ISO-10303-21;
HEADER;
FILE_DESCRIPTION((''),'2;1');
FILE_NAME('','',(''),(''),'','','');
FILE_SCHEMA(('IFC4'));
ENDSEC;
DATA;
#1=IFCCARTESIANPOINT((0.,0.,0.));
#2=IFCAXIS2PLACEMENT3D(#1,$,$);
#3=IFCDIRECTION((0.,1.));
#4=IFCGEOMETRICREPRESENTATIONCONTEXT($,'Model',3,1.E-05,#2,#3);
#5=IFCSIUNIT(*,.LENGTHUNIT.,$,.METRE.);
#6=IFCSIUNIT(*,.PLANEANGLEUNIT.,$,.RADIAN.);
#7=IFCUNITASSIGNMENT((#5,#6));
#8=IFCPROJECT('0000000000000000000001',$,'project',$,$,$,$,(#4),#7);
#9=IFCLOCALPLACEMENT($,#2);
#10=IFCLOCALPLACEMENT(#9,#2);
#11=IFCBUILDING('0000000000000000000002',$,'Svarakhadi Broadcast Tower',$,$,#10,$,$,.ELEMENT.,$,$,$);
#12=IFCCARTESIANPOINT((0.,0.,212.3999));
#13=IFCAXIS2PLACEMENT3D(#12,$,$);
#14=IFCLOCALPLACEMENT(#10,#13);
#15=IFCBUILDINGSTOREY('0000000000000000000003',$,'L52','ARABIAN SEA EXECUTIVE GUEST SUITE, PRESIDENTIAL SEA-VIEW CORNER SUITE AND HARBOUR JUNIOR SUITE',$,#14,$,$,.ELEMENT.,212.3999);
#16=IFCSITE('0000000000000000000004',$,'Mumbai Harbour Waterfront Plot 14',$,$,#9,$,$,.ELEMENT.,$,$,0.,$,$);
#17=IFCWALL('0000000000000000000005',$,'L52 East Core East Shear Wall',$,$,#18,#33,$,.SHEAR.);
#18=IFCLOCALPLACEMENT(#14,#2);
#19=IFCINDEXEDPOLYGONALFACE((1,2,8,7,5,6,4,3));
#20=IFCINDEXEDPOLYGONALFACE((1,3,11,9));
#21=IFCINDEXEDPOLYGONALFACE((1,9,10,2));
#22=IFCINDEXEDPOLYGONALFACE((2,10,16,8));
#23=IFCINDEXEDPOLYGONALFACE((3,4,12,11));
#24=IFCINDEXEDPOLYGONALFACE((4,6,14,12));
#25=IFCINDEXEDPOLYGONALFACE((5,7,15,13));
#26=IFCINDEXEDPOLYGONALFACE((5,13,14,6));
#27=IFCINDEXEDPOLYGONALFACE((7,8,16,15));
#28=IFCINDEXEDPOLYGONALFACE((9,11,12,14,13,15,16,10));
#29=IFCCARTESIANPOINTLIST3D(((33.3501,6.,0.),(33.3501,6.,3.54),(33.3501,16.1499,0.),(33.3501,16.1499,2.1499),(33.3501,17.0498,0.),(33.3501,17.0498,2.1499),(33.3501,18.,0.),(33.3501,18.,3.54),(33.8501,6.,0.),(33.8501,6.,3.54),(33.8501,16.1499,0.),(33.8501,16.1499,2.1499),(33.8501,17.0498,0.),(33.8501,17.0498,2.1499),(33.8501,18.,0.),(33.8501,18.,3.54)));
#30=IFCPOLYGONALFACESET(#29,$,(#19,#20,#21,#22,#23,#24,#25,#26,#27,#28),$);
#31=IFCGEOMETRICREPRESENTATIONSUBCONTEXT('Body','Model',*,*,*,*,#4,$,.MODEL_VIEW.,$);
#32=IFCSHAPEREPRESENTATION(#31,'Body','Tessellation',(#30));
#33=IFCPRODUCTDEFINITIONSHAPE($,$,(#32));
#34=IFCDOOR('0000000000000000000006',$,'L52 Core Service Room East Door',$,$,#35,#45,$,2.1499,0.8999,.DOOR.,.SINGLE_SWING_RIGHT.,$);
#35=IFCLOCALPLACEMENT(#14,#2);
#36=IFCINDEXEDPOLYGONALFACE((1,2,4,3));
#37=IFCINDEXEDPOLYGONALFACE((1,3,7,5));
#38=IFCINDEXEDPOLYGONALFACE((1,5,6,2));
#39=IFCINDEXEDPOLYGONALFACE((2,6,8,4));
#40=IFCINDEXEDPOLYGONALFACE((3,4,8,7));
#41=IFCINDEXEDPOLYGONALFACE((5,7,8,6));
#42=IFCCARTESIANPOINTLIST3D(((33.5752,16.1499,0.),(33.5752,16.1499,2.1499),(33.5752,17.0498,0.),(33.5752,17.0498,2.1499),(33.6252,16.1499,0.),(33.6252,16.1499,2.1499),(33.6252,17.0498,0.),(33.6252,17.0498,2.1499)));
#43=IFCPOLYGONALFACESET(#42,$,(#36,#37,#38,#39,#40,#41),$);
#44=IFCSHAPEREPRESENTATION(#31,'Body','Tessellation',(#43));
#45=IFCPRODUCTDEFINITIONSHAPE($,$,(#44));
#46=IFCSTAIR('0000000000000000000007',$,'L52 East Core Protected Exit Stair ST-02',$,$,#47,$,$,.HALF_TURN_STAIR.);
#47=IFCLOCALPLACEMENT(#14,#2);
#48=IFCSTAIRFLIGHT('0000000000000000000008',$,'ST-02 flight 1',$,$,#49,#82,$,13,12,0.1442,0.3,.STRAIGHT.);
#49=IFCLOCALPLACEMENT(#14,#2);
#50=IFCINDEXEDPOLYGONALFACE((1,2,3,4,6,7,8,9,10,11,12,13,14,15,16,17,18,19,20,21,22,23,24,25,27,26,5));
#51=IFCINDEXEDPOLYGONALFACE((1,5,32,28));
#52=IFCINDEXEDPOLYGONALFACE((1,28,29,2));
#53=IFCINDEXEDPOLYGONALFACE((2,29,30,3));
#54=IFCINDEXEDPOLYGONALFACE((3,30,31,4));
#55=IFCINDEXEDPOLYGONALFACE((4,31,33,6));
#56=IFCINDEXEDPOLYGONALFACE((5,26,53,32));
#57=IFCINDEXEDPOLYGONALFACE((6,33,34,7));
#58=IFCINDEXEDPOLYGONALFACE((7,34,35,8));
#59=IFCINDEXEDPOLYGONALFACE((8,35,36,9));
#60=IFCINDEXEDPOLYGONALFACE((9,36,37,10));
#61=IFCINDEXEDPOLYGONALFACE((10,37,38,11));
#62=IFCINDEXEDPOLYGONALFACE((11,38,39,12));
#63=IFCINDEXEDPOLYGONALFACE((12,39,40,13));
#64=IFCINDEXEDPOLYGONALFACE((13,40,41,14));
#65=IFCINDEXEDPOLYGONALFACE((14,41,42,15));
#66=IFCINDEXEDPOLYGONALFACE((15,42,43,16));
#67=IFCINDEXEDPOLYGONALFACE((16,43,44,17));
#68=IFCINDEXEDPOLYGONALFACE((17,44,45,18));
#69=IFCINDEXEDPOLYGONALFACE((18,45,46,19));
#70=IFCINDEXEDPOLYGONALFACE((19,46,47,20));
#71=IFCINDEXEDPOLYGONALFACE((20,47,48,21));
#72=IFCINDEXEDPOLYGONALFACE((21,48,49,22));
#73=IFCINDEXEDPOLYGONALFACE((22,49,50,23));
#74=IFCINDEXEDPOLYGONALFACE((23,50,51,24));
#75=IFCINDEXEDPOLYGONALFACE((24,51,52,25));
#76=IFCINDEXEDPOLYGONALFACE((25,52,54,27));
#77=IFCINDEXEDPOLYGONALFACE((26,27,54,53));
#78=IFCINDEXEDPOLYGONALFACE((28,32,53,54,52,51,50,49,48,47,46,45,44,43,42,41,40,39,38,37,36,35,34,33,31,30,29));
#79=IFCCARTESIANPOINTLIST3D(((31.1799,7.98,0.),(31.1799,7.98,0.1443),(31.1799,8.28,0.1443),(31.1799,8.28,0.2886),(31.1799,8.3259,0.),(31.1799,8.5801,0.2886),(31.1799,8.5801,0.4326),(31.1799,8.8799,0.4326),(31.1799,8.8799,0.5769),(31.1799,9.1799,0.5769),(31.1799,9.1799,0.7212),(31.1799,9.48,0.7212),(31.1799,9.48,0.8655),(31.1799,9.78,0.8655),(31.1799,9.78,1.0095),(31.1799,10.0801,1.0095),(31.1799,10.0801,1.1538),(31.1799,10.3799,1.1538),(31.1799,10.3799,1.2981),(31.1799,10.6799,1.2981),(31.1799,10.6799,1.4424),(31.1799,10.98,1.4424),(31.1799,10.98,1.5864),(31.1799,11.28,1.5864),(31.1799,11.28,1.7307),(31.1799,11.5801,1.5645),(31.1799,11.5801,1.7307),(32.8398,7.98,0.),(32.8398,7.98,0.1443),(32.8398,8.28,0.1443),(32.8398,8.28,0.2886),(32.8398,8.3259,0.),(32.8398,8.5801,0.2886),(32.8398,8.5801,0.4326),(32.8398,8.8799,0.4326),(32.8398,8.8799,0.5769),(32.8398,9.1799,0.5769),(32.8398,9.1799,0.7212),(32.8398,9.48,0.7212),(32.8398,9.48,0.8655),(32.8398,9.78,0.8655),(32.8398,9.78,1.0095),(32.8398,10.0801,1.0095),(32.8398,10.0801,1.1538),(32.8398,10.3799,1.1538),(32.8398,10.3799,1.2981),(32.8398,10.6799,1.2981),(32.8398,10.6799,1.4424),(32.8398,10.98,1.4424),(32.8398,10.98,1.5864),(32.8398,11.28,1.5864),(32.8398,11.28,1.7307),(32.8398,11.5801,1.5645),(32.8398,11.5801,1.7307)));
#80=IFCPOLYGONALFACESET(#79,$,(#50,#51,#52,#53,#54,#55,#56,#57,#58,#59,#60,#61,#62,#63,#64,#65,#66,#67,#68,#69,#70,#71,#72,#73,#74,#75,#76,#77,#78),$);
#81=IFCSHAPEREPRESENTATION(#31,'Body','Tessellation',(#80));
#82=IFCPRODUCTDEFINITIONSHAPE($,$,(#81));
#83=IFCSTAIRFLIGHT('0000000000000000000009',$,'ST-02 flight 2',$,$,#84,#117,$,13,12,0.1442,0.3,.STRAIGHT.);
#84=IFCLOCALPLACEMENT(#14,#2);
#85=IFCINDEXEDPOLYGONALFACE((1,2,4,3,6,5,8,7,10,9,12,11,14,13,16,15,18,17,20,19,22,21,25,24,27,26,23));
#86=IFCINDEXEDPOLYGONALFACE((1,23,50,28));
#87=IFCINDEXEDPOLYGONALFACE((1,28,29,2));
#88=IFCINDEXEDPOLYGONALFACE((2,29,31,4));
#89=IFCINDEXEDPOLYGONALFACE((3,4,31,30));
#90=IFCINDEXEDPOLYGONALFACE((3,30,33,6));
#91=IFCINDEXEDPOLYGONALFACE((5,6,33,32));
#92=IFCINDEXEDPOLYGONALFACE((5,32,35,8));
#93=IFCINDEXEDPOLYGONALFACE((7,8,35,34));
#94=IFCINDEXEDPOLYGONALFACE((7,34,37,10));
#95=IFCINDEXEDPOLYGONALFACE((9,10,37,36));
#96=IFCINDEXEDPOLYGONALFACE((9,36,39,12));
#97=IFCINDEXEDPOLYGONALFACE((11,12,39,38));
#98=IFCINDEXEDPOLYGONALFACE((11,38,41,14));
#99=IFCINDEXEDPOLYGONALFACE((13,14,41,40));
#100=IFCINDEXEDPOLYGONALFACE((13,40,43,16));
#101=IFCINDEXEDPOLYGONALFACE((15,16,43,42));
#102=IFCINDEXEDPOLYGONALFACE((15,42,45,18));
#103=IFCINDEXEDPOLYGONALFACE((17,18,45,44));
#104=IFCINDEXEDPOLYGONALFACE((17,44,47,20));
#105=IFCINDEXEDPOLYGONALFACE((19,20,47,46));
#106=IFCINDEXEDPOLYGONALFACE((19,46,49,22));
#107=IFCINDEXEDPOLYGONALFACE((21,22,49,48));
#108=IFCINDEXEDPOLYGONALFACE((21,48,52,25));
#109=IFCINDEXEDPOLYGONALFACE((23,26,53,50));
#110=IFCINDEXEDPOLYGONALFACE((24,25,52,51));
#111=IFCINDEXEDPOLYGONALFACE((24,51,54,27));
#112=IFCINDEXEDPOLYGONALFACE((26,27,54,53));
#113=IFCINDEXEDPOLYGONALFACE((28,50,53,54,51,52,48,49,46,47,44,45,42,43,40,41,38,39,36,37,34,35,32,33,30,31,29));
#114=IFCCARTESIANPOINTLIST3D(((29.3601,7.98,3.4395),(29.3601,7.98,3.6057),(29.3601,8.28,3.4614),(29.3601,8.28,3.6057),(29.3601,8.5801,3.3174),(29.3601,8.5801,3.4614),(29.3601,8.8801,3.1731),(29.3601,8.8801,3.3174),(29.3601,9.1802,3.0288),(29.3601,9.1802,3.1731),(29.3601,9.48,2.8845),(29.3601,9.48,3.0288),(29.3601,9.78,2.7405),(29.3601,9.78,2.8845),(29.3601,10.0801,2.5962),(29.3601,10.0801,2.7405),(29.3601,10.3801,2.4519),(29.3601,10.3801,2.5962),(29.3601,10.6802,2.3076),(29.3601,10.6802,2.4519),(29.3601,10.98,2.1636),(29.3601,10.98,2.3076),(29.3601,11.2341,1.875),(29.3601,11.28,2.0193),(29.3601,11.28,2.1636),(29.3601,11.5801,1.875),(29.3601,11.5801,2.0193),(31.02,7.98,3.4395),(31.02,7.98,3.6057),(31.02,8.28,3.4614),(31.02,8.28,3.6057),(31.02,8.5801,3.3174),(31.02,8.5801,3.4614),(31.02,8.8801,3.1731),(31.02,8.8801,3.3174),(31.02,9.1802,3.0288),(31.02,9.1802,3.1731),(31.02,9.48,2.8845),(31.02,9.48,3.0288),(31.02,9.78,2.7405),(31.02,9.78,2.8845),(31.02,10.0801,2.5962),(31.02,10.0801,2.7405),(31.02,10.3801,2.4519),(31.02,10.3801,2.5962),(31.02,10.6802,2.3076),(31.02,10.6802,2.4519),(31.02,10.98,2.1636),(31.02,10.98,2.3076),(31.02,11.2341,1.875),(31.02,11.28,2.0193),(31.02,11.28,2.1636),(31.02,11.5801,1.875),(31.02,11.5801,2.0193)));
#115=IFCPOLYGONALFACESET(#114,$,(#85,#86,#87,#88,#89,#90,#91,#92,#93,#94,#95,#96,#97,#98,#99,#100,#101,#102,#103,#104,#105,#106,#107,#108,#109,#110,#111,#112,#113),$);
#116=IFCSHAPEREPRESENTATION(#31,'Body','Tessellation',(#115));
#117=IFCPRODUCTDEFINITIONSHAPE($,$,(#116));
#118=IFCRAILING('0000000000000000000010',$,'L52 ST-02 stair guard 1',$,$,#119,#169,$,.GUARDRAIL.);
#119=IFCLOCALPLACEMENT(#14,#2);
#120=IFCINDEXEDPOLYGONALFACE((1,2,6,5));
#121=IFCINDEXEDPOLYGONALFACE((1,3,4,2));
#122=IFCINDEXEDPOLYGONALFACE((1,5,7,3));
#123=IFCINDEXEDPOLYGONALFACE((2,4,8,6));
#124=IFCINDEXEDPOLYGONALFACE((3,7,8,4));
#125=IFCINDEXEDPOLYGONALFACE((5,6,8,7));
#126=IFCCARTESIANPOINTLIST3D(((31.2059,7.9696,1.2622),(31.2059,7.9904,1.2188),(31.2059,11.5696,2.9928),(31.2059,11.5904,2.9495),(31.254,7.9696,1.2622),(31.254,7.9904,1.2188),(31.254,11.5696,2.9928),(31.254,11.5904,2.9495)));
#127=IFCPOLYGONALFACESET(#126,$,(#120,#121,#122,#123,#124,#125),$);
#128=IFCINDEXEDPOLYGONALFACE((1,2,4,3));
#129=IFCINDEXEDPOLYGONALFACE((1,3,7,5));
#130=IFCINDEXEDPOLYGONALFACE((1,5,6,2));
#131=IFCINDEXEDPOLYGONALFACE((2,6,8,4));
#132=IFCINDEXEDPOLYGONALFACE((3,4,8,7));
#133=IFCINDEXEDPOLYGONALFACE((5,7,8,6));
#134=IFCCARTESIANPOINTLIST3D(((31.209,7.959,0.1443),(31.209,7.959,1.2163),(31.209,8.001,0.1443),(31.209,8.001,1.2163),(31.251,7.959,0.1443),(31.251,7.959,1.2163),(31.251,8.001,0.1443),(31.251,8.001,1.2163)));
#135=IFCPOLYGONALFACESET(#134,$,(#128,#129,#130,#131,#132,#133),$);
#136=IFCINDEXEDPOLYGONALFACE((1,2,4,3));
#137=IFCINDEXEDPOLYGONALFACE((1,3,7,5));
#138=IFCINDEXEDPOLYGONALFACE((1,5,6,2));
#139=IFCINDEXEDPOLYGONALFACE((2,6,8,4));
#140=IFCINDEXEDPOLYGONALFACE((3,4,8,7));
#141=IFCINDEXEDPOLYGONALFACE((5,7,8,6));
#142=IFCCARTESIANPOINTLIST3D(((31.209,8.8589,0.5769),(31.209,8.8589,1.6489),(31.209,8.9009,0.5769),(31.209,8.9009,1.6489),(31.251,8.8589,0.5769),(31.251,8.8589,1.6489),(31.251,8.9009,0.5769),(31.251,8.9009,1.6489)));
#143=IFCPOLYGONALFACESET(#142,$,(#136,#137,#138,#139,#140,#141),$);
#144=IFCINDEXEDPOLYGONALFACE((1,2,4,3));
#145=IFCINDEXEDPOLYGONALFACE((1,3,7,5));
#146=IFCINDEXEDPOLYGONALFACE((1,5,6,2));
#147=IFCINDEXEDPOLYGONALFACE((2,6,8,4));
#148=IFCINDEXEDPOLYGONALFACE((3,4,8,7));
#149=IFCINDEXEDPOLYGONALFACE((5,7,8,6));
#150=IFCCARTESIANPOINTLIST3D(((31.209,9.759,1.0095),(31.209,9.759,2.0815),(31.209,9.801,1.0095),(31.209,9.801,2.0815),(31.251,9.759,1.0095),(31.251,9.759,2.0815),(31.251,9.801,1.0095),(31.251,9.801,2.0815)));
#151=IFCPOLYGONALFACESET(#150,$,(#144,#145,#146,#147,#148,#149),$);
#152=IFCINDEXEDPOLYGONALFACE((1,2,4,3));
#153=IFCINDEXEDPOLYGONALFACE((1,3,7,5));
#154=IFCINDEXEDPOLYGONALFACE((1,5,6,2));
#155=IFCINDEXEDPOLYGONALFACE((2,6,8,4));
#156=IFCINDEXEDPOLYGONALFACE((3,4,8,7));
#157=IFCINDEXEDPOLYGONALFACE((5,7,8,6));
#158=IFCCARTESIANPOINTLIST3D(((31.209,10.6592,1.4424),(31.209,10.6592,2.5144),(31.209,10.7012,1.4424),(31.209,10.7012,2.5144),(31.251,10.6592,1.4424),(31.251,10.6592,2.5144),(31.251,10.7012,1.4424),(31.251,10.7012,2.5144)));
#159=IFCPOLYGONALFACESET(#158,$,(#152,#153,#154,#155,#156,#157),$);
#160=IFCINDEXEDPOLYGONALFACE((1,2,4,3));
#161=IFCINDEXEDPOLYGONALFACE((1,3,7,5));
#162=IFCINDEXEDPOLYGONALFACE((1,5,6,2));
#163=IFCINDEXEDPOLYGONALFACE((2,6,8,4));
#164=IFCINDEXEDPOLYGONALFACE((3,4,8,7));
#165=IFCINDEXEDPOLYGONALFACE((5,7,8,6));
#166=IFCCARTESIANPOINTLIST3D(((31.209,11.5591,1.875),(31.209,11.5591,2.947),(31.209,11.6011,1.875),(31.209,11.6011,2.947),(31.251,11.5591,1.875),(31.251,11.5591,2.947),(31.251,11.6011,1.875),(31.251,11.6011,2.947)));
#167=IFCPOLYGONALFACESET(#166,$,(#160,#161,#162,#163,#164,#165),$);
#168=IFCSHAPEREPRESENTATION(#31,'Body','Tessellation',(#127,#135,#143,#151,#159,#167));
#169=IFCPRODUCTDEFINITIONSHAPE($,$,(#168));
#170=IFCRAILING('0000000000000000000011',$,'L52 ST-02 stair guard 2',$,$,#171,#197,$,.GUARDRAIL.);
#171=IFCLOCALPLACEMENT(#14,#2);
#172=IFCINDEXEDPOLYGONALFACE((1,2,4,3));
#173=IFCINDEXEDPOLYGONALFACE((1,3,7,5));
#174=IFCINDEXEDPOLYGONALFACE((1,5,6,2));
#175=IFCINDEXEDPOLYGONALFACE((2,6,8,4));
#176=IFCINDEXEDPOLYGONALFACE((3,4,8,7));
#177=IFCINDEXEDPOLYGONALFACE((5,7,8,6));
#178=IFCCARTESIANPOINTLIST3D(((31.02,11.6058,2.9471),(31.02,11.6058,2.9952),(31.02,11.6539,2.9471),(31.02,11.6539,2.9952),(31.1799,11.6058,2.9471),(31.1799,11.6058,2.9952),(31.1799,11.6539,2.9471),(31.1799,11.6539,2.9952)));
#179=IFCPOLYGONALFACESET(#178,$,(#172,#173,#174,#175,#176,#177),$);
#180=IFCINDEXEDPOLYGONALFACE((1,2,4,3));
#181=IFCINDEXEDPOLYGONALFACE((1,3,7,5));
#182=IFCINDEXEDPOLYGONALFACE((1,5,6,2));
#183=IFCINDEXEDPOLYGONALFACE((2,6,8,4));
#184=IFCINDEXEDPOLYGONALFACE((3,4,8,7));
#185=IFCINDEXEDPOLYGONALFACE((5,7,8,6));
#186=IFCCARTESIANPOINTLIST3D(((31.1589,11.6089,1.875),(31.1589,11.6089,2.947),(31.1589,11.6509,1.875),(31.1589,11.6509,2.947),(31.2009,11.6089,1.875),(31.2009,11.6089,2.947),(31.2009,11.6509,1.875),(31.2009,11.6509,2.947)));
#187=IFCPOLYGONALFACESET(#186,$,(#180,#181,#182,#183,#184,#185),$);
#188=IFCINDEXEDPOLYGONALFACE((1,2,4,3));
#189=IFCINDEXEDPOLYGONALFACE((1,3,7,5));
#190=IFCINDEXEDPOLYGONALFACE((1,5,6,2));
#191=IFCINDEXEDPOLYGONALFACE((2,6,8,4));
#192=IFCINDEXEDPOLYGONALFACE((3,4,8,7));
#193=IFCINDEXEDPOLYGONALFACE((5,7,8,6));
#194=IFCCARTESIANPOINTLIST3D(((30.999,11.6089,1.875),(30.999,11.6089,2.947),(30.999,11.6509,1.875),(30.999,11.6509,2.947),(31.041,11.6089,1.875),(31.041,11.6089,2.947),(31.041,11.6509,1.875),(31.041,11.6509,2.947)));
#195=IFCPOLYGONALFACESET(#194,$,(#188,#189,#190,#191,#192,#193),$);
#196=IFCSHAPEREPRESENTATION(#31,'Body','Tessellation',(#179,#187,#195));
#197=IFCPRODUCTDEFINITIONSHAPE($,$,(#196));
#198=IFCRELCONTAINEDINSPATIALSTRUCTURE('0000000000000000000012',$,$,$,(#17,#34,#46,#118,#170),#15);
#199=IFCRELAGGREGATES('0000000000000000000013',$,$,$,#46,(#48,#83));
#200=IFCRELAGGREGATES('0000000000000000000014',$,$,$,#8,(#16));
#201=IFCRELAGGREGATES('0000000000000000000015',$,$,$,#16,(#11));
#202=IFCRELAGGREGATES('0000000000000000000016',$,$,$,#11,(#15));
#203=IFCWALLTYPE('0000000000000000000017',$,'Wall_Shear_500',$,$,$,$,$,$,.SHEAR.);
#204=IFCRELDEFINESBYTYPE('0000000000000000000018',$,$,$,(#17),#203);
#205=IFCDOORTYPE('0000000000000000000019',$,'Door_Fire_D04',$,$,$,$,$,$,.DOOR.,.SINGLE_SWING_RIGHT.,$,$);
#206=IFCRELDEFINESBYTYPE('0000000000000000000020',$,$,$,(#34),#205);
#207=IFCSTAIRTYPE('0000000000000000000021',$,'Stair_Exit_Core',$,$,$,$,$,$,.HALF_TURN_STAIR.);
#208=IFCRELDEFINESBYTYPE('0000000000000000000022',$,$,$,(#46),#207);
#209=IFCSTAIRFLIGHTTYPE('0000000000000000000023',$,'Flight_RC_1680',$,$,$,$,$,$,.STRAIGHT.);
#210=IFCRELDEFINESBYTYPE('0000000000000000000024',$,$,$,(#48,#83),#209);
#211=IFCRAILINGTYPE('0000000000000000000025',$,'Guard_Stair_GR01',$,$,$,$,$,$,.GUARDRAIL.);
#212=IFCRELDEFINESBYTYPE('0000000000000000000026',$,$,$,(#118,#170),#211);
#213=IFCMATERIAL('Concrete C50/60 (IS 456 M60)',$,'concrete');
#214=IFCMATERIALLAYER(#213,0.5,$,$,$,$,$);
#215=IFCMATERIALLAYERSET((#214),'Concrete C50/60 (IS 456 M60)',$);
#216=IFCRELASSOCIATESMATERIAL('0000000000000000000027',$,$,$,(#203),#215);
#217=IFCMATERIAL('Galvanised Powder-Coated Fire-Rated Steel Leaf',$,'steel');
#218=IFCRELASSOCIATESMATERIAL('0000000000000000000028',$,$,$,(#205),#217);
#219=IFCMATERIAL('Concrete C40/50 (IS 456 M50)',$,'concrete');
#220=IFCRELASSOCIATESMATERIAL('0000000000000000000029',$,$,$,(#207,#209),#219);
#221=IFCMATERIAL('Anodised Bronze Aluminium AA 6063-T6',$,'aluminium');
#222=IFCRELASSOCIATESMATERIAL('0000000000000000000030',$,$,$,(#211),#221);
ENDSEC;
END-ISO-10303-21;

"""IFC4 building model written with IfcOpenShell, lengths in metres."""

from ifc_helpers import new_model, si_unit, direction, frame, frame_2d, origin, origin_2d, place, context, subcontext, project, spatial, polyline, rectangle, outline, extrude, material, layer, layer_set, type_object, element, fill, aggregate, save


model = new_model("IFC4")

# Units and contexts
model_context = context("Model", 3, precision=1e-05, world=origin(), true_north=direction((0.0, 1.0)))
body_context = subcontext(model_context, "Body", "Model", "MODEL_VIEW")
ifc_project = project(units=[si_unit("LENGTHUNIT", "METRE"), si_unit("PLANEANGLEUNIT", "RADIAN")], contexts=[model_context])

# Site, building, storey
site_placement = place(None, origin())
site = spatial("IfcSite", under=ifc_project, at=site_placement, Name="Mumbai Harbour Waterfront Plot 14", CompositionType="ELEMENT", RefElevation=0.0)
building_placement = place(site_placement, origin())
building = spatial("IfcBuilding", under=site, at=building_placement, Name="Svarakhadi Broadcast Tower", CompositionType="ELEMENT")
storey_placement = place(building_placement, frame((0.0, 0.0, 212.3999)))
storey = spatial("IfcBuildingStorey", under=building, at=storey_placement, Name="L52", Description="ARABIAN SEA EXECUTIVE GUEST SUITE, PRESIDENTIAL SEA-VIEW CORNER SUITE AND HARBOUR JUNIOR SUITE", CompositionType="ELEMENT", Elevation=212.3999)

# Shared definitions
ifc_material_1 = material(Name="Concrete C50/60 (IS 456 M60)", Category="concrete")

# Shared definitions
ifc_material_2 = material(Name="Anodised Bronze Aluminium AA 6063-T6", Category="aluminium")

# Shared definitions
ifc_material_3 = material(Name="Concrete C40/50 (IS 456 M50)", Category="concrete")

# Wall, opening, door
ifc_layer_1 = layer(ifc_material_1, 0.5)
ifc_layer_set_1 = layer_set([ifc_layer_1], Name="Concrete C50/60 (IS 456 M60)")
wall_type_1 = type_object("IfcWallType", Name="Wall_Shear_500", PredefinedType="SHEAR", material=ifc_layer_set_1)
wall_1_placement = place(storey_placement, frame((33.6001, 6.0, 0.0), z_axis=(0.0, 0.0, 1.0), x_axis=(0.0, 1.0, 0.0)))
wall_1 = element("IfcWall", 1, at=wall_1_placement, inside=storey, type_object=wall_type_1, Name="L52 East Core East Shear Wall", PredefinedType="SHEAR", context=body_context, shape_type="SweptSolid", body=[
    extrude(rectangle(XDim=12.0, YDim=0.5, at=frame_2d((6.0, 0.0))), origin(), (0.0, 0.0, 1.0), 3.54),
])
opening_placement = place(wall_1_placement, frame((10.1499, 0.0, 0.0)))
opening = element("IfcOpeningElement", 2, at=opening_placement, cuts=wall_1, PredefinedType="OPENING", context=body_context, shape_type="SweptSolid", body=[
    extrude(rectangle(XDim=0.8999, YDim=2.1499, at=frame_2d((0.45, 1.075))), frame((0.0, 0.26, 0.0), z_axis=(0.0, -1.0, 0.0), x_axis=(1.0, 0.0, 0.0)), (0.0, 0.0, 1.0), 0.52),
])
ifc_material_4 = material(Name="Galvanised Powder-Coated Fire-Rated Steel Leaf", Category="steel")
door_type = type_object("IfcDoorType", Name="Door_Fire_D04", OperationType="SINGLE_SWING_RIGHT", PredefinedType="DOOR", material=ifc_material_4)
door_placement = place(opening_placement, origin())
door = element("IfcDoor", 3, at=door_placement, inside=storey, type_object=door_type, Name="L52 Core Service Room East Door", OperationType="SINGLE_SWING_RIGHT", OverallHeight=2.1499, OverallWidth=0.8999, PredefinedType="DOOR", context=body_context, shape_type="SweptSolid", body=[
    extrude(rectangle(XDim=0.8999, YDim=2.1499, at=frame_2d((0.45, 1.075))), frame((0.0, 0.0249, 0.0), z_axis=(0.0, -1.0, 0.0), x_axis=(1.0, 0.0, 0.0)), (0.0, 0.0, 1.0), 0.05),
])
fill(opening, door)

# Stair, stair flights
stair_type = type_object("IfcStairType", Name="Stair_Exit_Core", PredefinedType="HALF_TURN_STAIR", material=ifc_material_3)
stair_placement = place(storey_placement, origin())
stair = element("IfcStair", 4, at=stair_placement, inside=storey, type_object=stair_type, Name="L52 East Core Protected Exit Stair ST-02", PredefinedType="HALF_TURN_STAIR")
stair_flight_type = type_object("IfcStairFlightType", Name="Flight_RC_1680", PredefinedType="STRAIGHT", material=ifc_material_3)
stair_flight_1_placement = place(storey_placement, frame((32.01, 7.98, 0.0), z_axis=(0.0, 0.0, 1.0), x_axis=(0.0, 1.0, 0.0)))
stair_flight_1 = element("IfcStairFlight", 5, at=stair_flight_1_placement, type_object=stair_flight_type, Name="ST-02 flight 1", NumberOfRisers=13, NumberOfTreads=12, PredefinedType="STRAIGHT", RiserHeight=0.1442, TreadLength=0.3, context=body_context, shape_type="SweptSolid", body=[
    extrude(outline(polyline([(0.0, 0.0), (0.0, 0.1443), (0.3, 0.1443), (0.3, 0.2886), (0.6001, 0.2886), (0.6001, 0.4326), (0.8999, 0.4326), (0.8999, 0.5769), (1.2, 0.5769), (1.2, 0.7212), (1.5, 0.7212), (1.5, 0.8655), (1.8, 0.8655), (1.8, 1.0095), (2.1001, 1.0095), (2.1001, 1.1538), (2.3999, 1.1538), (2.3999, 1.2981), (2.7, 1.2981), (2.7, 1.4424), (3.0, 1.4424), (3.0, 1.5864), (3.3, 1.5864), (3.3, 1.7307), (3.6001, 1.7307), (3.6001, 1.875), (3.6001, 1.5645), (0.3459, 0.0), (0.0, 0.0)])), frame((0.0, 0.8301, 0.0), z_axis=(0.0, -1.0, 0.0), x_axis=(1.0, 0.0, 0.0)), (0.0, 0.0, 1.0), 1.6599),
])
stair_flight_2_placement = place(storey_placement, frame((30.1899, 11.5801, 1.875), z_axis=(0.0, 0.0, 1.0), x_axis=(0.0, -1.0, 0.0)))
stair_flight_2 = element("IfcStairFlight", 6, at=stair_flight_2_placement, type_object=stair_flight_type, Name="ST-02 flight 2", NumberOfRisers=13, NumberOfTreads=12, PredefinedType="STRAIGHT", RiserHeight=0.1442, TreadLength=0.3, context=body_context, shape_type="SweptSolid", body=[
    extrude(outline(polyline([(0.0, 0.0), (0.0, 0.1443), (0.3, 0.1443), (0.3, 0.2886), (0.6001, 0.2886), (0.6001, 0.4326), (0.8999, 0.4326), (0.8999, 0.5769), (1.2, 0.5769), (1.2, 0.7212), (1.5, 0.7212), (1.5, 0.8655), (1.8, 0.8655), (1.8, 1.0095), (2.1001, 1.0095), (2.1001, 1.1538), (2.3999, 1.1538), (2.3999, 1.2981), (2.7, 1.2981), (2.7, 1.4424), (3.0, 1.4424), (3.0, 1.5864), (3.3, 1.5864), (3.3, 1.7307), (3.6001, 1.7307), (3.6001, 1.875), (3.6001, 1.5645), (0.3459, 0.0), (0.0, 0.0)])), frame((0.0, 0.8301, 0.0), z_axis=(0.0, -1.0, 0.0), x_axis=(1.0, 0.0, 0.0)), (0.0, 0.0, 1.0), 1.6599),
])
aggregate(stair, [stair_flight_1, stair_flight_2])

# Railings
railing_type_1 = type_object("IfcRailingType", Name="Guard_Stair_GR01", PredefinedType="GUARDRAIL", material=ifc_material_2)
railing_1_placement = place(storey_placement, frame((31.23, 7.98, 0.1443)))
element("IfcRailing", 7, at=railing_1_placement, inside=storey, type_object=railing_type_1, Name="L52 ST-02 stair guard 1", PredefinedType="GUARDRAIL", context=body_context, shape_type="SweptSolid", body=[
    extrude(rectangle(XDim=0.0481, YDim=0.0481, at=origin_2d()), frame((0.0, 0.0, 1.0962), z_axis=(0.0, 0.901263, 0.433273), x_axis=(-1.0, 0.0, 0.0)), (0.0, 0.0, 1.0), 3.9944),
    extrude(rectangle(XDim=0.042, YDim=0.042, at=origin_2d()), origin(), (0.0, 0.0, 1.0), 1.072),
    extrude(rectangle(XDim=0.042, YDim=0.042, at=origin_2d()), frame((0.0, 0.8999, 0.4326)), (0.0, 0.0, 1.0), 1.072),
    extrude(rectangle(XDim=0.042, YDim=0.042, at=origin_2d()), frame((0.0, 1.8, 0.8652)), (0.0, 0.0, 1.0), 1.072),
    extrude(rectangle(XDim=0.042, YDim=0.042, at=origin_2d()), frame((0.0, 2.7002, 1.2981)), (0.0, 0.0, 1.0), 1.072),
    extrude(rectangle(XDim=0.042, YDim=0.042, at=origin_2d()), frame((0.0, 3.6001, 1.7307)), (0.0, 0.0, 1.0), 1.072),
])
railing_2_placement = place(storey_placement, frame((31.1799, 11.6299, 1.875)))
element("IfcRailing", 8, at=railing_2_placement, inside=storey, type_object=railing_type_1, Name="L52 ST-02 stair guard 2", PredefinedType="GUARDRAIL", context=body_context, shape_type="SweptSolid", body=[
    extrude(rectangle(XDim=0.0481, YDim=0.0481, at=origin_2d()), frame((0.0, 0.0, 1.0962), z_axis=(-1.0, 0.0, 0.0), x_axis=(0.0, -1.0, 0.0)), (0.0, 0.0, 1.0), 0.1599),
    extrude(rectangle(XDim=0.042, YDim=0.042, at=origin_2d()), origin(), (0.0, 0.0, 1.0), 1.072),
    extrude(rectangle(XDim=0.042, YDim=0.042, at=origin_2d()), frame((-0.1599, 0.0, 0.0)), (0.0, 0.0, 1.0), 1.072),
])

save(model, "model.ifc")
